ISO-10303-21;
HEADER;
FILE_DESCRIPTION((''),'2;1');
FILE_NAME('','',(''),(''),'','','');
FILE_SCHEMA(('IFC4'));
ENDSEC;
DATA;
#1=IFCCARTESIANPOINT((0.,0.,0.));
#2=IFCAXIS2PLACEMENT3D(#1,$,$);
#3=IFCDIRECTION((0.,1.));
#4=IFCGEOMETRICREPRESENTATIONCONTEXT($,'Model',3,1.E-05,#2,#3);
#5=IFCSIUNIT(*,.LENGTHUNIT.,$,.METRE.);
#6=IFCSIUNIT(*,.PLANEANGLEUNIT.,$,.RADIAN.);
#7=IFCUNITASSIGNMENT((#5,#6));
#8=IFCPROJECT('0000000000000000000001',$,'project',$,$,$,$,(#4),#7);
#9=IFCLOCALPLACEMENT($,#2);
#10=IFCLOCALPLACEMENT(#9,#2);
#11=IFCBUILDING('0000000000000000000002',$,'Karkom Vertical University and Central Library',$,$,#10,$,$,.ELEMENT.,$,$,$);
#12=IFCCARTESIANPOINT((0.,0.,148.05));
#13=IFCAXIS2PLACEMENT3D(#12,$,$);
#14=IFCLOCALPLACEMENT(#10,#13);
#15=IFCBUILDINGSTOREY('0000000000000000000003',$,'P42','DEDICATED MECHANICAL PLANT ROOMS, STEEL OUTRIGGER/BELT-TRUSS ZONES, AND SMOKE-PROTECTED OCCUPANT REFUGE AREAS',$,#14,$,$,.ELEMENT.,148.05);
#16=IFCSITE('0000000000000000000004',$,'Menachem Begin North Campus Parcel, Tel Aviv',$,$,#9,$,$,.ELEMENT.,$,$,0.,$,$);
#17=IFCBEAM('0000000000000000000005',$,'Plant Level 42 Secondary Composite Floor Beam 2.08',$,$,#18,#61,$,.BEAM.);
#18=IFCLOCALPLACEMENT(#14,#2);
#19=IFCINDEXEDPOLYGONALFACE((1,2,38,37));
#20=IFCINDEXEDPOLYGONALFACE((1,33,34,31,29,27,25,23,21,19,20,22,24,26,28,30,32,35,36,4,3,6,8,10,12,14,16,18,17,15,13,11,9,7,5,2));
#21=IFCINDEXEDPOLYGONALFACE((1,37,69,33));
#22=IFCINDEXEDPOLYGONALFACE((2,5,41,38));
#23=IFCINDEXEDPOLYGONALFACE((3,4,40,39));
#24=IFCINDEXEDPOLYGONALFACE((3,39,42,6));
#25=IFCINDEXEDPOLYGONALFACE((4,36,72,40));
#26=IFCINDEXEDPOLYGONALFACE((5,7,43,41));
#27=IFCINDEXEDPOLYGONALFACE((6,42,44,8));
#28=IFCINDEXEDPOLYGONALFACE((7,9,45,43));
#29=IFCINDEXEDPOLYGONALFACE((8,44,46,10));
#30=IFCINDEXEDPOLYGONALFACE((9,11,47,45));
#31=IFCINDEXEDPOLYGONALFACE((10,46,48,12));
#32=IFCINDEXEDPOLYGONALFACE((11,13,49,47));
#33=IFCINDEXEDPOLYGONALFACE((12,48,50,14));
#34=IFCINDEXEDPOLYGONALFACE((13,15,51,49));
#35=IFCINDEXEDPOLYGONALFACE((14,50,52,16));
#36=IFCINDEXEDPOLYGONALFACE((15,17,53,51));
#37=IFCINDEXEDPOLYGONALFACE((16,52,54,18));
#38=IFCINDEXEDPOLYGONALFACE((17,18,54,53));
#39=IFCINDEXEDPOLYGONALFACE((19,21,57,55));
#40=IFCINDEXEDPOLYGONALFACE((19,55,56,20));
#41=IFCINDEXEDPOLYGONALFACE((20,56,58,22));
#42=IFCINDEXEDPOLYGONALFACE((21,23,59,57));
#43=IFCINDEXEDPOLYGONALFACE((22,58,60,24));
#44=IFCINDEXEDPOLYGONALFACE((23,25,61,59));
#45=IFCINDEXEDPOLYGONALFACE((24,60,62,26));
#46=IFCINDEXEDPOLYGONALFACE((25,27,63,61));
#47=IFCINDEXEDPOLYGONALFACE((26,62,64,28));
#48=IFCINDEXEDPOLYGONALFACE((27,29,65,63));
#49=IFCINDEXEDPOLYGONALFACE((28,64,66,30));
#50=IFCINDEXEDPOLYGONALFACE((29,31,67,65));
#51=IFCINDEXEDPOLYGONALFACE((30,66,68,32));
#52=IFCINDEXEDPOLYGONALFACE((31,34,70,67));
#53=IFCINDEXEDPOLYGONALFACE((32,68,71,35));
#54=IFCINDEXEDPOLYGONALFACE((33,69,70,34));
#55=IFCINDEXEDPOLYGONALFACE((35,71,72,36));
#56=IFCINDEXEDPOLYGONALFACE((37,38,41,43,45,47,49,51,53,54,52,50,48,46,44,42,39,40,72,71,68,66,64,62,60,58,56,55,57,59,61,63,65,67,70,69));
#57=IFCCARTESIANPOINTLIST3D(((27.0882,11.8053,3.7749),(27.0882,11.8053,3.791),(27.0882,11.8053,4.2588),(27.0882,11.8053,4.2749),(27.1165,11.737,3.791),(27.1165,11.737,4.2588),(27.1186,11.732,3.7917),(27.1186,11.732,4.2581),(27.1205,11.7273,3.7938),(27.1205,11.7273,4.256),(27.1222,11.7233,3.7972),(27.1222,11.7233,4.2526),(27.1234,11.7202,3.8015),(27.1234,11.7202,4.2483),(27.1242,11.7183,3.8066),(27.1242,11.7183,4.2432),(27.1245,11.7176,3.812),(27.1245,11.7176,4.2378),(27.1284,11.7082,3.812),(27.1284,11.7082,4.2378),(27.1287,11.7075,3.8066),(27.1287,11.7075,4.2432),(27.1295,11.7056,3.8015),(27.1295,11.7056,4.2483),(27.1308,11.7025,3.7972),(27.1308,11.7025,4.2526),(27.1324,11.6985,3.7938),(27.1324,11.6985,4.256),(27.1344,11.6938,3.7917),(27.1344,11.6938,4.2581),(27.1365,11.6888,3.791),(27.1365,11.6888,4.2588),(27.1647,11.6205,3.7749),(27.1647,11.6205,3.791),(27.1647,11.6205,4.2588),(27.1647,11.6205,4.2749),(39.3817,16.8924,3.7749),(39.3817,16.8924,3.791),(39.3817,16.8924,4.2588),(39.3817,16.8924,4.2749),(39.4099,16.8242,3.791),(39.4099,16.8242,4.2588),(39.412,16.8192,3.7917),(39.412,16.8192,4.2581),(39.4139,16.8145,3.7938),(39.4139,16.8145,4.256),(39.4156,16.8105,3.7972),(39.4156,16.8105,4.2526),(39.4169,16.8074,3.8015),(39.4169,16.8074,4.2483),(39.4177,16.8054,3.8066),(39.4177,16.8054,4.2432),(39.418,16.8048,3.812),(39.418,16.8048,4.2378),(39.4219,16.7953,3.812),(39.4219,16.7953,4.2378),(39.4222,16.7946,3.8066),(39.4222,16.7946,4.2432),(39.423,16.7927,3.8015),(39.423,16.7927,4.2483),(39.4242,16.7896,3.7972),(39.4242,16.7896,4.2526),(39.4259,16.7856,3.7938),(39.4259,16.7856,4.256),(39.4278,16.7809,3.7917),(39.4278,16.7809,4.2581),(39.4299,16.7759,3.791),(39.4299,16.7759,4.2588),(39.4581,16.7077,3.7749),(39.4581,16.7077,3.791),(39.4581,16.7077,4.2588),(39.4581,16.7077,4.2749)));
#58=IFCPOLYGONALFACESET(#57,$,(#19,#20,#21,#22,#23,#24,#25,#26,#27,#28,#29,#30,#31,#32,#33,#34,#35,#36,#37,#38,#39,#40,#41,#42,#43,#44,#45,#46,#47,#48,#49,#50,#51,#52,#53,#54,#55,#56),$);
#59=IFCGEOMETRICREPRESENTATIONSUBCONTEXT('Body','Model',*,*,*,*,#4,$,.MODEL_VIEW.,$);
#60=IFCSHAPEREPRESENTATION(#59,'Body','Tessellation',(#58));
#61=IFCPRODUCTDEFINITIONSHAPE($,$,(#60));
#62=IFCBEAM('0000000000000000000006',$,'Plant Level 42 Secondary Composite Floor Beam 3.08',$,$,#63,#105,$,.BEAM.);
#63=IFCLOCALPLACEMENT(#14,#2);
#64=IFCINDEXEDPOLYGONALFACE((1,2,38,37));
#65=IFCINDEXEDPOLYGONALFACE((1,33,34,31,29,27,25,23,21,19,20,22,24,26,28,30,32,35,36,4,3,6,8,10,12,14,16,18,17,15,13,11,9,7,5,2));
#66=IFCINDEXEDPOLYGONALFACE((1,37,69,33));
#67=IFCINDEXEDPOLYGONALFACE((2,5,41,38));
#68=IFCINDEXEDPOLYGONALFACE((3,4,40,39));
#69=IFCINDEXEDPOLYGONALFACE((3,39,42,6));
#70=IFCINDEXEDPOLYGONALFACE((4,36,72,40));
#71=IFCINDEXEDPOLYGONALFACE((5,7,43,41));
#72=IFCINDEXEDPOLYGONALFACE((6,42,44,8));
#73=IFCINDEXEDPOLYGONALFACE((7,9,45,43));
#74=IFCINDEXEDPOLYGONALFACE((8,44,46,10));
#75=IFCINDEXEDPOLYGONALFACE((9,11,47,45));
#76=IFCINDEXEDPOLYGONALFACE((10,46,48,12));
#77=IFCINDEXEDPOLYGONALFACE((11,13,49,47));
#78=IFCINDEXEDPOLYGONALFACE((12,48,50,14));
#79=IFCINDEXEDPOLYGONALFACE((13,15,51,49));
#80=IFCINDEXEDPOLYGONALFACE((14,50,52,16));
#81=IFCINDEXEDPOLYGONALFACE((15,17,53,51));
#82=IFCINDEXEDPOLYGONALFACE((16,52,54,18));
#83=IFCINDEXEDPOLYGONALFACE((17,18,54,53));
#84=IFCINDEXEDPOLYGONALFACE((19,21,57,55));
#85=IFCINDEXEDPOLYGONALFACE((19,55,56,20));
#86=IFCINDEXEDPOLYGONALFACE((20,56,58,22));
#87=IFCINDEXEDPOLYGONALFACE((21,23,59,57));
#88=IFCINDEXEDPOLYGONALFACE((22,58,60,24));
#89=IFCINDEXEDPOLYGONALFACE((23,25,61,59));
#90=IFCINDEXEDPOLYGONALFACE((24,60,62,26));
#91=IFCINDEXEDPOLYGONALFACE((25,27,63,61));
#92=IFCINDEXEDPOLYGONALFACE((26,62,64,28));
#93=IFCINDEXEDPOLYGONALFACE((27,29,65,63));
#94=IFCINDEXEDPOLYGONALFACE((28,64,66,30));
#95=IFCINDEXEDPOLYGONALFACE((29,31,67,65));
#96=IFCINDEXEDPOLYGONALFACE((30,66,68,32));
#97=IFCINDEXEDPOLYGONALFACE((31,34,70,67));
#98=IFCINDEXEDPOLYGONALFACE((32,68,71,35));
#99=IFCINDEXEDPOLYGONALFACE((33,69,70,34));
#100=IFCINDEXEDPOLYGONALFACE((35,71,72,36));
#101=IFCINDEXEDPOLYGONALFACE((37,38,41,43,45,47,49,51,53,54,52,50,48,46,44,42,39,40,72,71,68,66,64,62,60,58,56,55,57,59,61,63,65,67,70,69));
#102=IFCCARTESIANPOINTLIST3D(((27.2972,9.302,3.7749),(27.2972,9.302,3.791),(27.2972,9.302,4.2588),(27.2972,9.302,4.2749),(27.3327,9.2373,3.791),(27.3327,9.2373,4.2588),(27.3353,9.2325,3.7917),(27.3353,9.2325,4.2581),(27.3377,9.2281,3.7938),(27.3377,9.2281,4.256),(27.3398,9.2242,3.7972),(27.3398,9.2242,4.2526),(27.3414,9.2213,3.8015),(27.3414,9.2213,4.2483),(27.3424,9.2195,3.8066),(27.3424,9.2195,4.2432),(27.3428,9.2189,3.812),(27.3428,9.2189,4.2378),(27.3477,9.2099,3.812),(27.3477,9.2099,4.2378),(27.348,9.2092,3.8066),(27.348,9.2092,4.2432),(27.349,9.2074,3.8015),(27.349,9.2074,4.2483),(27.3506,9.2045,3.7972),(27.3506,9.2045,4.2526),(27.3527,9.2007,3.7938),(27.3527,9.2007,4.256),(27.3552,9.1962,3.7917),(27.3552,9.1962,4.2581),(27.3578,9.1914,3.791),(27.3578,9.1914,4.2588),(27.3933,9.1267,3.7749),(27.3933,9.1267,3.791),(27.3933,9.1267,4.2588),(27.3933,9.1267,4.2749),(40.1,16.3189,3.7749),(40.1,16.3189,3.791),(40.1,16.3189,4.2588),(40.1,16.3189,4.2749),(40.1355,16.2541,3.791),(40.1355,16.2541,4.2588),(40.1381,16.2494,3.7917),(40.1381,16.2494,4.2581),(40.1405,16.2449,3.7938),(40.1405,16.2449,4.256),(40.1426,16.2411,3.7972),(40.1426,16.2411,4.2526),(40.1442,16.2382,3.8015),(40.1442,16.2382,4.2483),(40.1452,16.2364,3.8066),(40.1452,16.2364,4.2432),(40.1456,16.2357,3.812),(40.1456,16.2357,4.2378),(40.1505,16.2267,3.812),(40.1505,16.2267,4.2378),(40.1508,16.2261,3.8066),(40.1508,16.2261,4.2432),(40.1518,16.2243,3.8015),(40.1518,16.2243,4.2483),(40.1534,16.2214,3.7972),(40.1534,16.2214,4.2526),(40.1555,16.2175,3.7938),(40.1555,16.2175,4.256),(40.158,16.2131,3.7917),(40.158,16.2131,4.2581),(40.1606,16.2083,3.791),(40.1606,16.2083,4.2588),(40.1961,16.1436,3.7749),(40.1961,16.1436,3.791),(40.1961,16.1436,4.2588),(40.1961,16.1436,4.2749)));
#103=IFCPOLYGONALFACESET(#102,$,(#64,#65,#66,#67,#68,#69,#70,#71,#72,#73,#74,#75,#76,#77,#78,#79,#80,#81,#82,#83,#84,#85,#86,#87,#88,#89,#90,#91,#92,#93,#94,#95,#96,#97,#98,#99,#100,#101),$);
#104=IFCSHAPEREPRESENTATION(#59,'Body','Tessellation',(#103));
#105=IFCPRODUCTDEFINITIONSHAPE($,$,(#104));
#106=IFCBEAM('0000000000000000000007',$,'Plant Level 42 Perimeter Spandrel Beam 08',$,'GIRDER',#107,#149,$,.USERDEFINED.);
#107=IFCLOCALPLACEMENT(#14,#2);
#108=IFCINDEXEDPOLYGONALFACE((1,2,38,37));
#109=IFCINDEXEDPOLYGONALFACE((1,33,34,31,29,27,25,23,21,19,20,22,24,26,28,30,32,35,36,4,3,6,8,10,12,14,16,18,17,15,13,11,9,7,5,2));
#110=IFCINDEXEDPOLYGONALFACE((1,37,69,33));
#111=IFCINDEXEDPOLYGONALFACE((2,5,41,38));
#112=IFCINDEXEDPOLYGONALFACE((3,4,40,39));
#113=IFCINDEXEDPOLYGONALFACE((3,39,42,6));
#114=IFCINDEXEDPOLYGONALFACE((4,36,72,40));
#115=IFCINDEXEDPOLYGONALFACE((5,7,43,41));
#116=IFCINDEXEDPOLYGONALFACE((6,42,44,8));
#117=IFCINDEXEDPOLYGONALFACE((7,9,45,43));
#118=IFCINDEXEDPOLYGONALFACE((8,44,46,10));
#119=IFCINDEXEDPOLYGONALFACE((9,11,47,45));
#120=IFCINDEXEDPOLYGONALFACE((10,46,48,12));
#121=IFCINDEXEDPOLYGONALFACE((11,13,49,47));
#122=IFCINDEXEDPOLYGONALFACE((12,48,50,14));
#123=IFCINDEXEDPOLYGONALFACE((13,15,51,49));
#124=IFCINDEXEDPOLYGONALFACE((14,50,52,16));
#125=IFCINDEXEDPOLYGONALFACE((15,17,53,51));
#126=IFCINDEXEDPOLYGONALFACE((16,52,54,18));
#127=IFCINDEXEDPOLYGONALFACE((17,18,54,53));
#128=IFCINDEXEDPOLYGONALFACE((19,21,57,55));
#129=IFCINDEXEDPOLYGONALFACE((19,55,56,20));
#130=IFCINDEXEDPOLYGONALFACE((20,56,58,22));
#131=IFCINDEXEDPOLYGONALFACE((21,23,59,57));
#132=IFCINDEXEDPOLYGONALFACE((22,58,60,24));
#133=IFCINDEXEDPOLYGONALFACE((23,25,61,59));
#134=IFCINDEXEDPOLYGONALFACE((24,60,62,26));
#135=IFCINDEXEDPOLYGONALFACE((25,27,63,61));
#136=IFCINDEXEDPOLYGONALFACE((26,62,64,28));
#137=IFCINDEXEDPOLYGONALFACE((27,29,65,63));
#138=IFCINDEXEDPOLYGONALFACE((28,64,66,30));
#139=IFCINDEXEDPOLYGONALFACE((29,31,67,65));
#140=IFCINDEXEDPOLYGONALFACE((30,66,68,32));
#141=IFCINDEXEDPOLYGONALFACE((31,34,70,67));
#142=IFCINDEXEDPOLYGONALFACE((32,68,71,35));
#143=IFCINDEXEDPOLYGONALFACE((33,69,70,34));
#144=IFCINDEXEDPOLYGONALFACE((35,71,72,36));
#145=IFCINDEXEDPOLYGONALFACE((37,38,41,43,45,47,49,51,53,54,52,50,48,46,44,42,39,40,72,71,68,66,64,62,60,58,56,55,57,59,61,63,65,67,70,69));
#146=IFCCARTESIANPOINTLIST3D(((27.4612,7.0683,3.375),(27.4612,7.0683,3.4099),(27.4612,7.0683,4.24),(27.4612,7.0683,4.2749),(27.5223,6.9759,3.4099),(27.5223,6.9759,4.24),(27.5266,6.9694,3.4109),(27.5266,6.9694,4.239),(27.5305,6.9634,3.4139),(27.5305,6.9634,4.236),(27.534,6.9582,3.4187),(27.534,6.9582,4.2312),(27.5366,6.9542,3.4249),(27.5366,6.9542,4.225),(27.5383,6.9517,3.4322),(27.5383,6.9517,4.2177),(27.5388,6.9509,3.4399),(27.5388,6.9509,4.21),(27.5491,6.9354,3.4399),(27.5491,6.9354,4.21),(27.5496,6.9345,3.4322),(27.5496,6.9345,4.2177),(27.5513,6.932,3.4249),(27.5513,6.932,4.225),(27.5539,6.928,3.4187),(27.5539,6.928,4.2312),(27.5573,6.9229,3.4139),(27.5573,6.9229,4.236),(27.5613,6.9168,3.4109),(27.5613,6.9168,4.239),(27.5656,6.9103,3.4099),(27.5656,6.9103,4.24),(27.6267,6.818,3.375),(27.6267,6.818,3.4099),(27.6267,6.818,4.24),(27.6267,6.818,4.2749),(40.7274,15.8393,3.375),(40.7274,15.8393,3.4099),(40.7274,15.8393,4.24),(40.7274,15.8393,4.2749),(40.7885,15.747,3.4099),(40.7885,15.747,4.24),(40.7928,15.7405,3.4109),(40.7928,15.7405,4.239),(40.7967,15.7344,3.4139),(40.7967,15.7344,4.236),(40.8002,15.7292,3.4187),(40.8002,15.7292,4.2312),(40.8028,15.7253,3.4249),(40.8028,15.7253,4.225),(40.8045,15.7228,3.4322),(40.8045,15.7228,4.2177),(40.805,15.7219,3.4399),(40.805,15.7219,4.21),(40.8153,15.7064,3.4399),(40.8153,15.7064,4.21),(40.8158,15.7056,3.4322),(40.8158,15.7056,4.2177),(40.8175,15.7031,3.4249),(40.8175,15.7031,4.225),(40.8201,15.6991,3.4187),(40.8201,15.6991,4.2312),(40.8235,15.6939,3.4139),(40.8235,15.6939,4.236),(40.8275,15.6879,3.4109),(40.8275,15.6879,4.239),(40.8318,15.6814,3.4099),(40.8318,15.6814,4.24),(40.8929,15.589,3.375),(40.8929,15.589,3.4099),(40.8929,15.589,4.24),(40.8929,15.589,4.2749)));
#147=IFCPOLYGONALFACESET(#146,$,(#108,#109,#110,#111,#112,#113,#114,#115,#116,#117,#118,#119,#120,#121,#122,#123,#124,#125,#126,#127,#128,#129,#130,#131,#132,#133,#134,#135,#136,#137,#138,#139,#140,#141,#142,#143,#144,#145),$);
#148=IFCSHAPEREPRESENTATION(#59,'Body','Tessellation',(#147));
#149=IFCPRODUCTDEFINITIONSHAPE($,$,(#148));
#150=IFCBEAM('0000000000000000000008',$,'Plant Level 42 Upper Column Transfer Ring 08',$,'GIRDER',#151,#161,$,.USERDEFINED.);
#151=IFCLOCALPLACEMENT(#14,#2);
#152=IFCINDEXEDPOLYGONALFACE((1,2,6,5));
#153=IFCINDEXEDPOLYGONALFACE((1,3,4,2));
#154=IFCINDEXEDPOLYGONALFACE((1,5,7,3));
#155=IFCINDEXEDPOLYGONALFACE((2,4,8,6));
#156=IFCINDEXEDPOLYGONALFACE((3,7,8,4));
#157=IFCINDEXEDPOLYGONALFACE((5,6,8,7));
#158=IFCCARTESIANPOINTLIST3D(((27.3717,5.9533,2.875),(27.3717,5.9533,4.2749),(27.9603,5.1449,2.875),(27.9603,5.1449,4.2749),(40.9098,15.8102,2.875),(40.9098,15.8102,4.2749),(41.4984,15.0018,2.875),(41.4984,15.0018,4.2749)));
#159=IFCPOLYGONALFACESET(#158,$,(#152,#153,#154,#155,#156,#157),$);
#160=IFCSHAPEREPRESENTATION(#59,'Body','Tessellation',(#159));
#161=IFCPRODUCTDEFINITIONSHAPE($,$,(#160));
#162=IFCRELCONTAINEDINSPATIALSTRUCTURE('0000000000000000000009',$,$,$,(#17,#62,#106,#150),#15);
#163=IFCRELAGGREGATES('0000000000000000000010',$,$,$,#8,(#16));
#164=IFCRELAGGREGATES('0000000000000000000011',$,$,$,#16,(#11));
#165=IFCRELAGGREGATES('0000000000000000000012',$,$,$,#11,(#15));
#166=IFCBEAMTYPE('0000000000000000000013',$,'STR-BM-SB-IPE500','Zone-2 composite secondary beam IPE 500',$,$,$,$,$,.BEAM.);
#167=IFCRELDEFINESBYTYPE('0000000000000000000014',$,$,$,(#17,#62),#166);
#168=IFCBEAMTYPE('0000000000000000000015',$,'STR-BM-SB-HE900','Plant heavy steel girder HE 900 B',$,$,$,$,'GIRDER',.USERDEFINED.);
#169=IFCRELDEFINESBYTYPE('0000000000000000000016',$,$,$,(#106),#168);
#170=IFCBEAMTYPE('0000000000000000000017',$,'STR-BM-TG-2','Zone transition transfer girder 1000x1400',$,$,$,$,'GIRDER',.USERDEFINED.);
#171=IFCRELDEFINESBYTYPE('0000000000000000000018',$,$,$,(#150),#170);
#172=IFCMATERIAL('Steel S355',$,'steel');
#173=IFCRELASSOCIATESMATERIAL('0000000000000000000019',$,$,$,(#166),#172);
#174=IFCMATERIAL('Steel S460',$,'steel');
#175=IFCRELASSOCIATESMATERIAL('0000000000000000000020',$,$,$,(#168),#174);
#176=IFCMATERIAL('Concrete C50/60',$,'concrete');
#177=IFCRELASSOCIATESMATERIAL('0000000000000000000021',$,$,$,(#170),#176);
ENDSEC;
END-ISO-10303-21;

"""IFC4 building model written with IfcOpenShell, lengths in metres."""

from ifc_helpers import new_model, si_unit, direction, frame, origin, origin_with_axes, origin_2d, place, context, subcontext, project, spatial, rectangle, i_section, extrude, source, transform, mapped, material, material_profile, profile_set, type_object, element, save


model = new_model("IFC4")

# Units and contexts
model_context = context("Model", 3, precision=1e-05, world=origin(), true_north=direction((0.0, 1.0)))
body_context = subcontext(model_context, "Body", "Model", "MODEL_VIEW")
ifc_project = project(units=[si_unit("LENGTHUNIT", "METRE"), si_unit("PLANEANGLEUNIT", "RADIAN")], contexts=[model_context])

# Site, building, storey
site_placement = place(None, origin())
site = spatial("IfcSite", under=ifc_project, at=site_placement, Name="Menachem Begin North Campus Parcel, Tel Aviv", CompositionType="ELEMENT", RefElevation=0.0)
building_placement = place(site_placement, origin())
building = spatial("IfcBuilding", under=site, at=building_placement, Name="Karkom Vertical University and Central Library", CompositionType="ELEMENT")
storey_placement = place(building_placement, frame((0.0, 0.0, 148.05)))
storey = spatial("IfcBuildingStorey", under=building, at=storey_placement, Name="P42", Description="DEDICATED MECHANICAL PLANT ROOMS, STEEL OUTRIGGER/BELT-TRUSS ZONES, AND SMOKE-PROTECTED OCCUPANT REFUGE AREAS", CompositionType="ELEMENT", Elevation=148.05)

# Shared definitions
ifc_material_1 = material(Name="Concrete C50/60", Category="concrete")

# Shared definitions
ifc_material_2 = material(Name="Steel S355", Category="steel")

# Beams
ifc_material_profile_1 = material_profile(ifc_material_2, i_section(OverallWidth=0.2, OverallDepth=0.5, WebThickness=0.0103, FlangeThickness=0.0161, FilletRadius=0.021, at=origin_2d()), Name="IPE 500")
ifc_profile_set_1 = profile_set([ifc_material_profile_1], Name="Steel S355")
beam_type_1 = type_object("IfcBeamType", Name="STR-BM-SB-IPE500", Description="Zone-2 composite secondary beam IPE 500", PredefinedType="BEAM", material=ifc_profile_set_1)
shared_shape_1 = source(origin_with_axes(), body_context, "Body", "SweptSolid", [
    extrude(i_section(OverallWidth=0.2, OverallDepth=0.5, WebThickness=0.0103, FlangeThickness=0.0161, FilletRadius=0.021, at=origin_2d()), origin(), (0.0, 0.0, 1.0), 13.3044),
])
beam_1_placement = place(storey_placement, frame((27.1265, 11.7129, 4.0249), z_axis=(0.924011, 0.382365, 0.0), x_axis=(-0.382365, 0.924011, 0.0)))
element("IfcBeam", 1, at=beam_1_placement, inside=storey, type_object=beam_type_1, Name="Plant Level 42 Secondary Composite Floor Beam 2.08", PredefinedType="BEAM", context=body_context, shape_type="MappedRepresentation", body=[
    mapped(shared_shape_1, transform((0.0, 0.0, 0.0), scale=1.0)),
])
shared_shape_2 = source(origin_with_axes(), body_context, "Body", "SweptSolid", [
    extrude(i_section(OverallWidth=0.2, OverallDepth=0.5, WebThickness=0.0103, FlangeThickness=0.0161, FilletRadius=0.021, at=origin_2d()), origin(), (0.0, 0.0, 1.0), 14.5996),
])
beam_2_placement = place(storey_placement, frame((27.3452, 9.2144, 4.0249), z_axis=(0.876928, 0.480622, 0.0), x_axis=(-0.480622, 0.876928, 0.0)))
element("IfcBeam", 2, at=beam_2_placement, inside=storey, type_object=beam_type_1, Name="Plant Level 42 Secondary Composite Floor Beam 3.08", PredefinedType="BEAM", context=body_context, shape_type="MappedRepresentation", body=[
    mapped(shared_shape_2, transform((0.0, 0.0, 0.0), scale=1.0)),
])
ifc_material_3 = material(Name="Steel S460", Category="steel")
ifc_material_profile_2 = material_profile(ifc_material_3, i_section(OverallWidth=0.3, OverallDepth=0.8999, WebThickness=0.0186, FlangeThickness=0.0349, FilletRadius=0.03, at=origin_2d()), Name="HE 900 B")
ifc_profile_set_2 = profile_set([ifc_material_profile_2], Name="Steel S460")
beam_type_2 = type_object("IfcBeamType", Name="STR-BM-SB-HE900", Description="Plant heavy steel girder HE 900 B", ElementType="GIRDER", PredefinedType="USERDEFINED", material=ifc_profile_set_2)
shared_shape_3 = source(origin_with_axes(), body_context, "Body", "SweptSolid", [
    extrude(i_section(OverallWidth=0.3, OverallDepth=0.8999, WebThickness=0.0186, FlangeThickness=0.0349, FilletRadius=0.03, at=origin_2d()), origin(), (0.0, 0.0, 1.0), 15.9036),
])
beam_3_placement = place(storey_placement, frame((27.5439, 6.9431, 3.825), z_axis=(0.834165, 0.551515, 0.0), x_axis=(-0.551515, 0.834165, 0.0)))
element("IfcBeam", 3, at=beam_3_placement, inside=storey, type_object=beam_type_2, Name="Plant Level 42 Perimeter Spandrel Beam 08", ObjectType="GIRDER", PredefinedType="USERDEFINED", context=body_context, shape_type="MappedRepresentation", body=[
    mapped(shared_shape_3, transform((0.0, 0.0, 0.0), scale=1.0)),
])
ifc_material_profile_3 = material_profile(ifc_material_1, rectangle(XDim=1.0, YDim=1.3999, at=origin_2d()), Name="TG-1000x1400")
ifc_profile_set_3 = profile_set([ifc_material_profile_3], Name="Concrete C50/60")
beam_type_3 = type_object("IfcBeamType", Name="STR-BM-TG-2", Description="Zone transition transfer girder 1000x1400", ElementType="GIRDER", PredefinedType="USERDEFINED", material=ifc_profile_set_3)
shared_shape_4 = source(origin_with_axes(), body_context, "Body", "SweptSolid", [
    extrude(rectangle(XDim=1.0, YDim=1.3999, at=origin_2d()), origin(), (0.0, 0.0, 1.0), 16.7463),
])
beam_4_placement = place(storey_placement, frame((27.666, 5.5491, 3.575), z_axis=(0.808422, 0.588603, 0.0), x_axis=(-0.588603, 0.808422, 0.0)))
element("IfcBeam", 4, at=beam_4_placement, inside=storey, type_object=beam_type_3, Name="Plant Level 42 Upper Column Transfer Ring 08", ObjectType="GIRDER", PredefinedType="USERDEFINED", context=body_context, shape_type="MappedRepresentation", body=[
    mapped(shared_shape_4, transform((0.0, 0.0, 0.0), scale=1.0)),
])

save(model, "model.ifc")
